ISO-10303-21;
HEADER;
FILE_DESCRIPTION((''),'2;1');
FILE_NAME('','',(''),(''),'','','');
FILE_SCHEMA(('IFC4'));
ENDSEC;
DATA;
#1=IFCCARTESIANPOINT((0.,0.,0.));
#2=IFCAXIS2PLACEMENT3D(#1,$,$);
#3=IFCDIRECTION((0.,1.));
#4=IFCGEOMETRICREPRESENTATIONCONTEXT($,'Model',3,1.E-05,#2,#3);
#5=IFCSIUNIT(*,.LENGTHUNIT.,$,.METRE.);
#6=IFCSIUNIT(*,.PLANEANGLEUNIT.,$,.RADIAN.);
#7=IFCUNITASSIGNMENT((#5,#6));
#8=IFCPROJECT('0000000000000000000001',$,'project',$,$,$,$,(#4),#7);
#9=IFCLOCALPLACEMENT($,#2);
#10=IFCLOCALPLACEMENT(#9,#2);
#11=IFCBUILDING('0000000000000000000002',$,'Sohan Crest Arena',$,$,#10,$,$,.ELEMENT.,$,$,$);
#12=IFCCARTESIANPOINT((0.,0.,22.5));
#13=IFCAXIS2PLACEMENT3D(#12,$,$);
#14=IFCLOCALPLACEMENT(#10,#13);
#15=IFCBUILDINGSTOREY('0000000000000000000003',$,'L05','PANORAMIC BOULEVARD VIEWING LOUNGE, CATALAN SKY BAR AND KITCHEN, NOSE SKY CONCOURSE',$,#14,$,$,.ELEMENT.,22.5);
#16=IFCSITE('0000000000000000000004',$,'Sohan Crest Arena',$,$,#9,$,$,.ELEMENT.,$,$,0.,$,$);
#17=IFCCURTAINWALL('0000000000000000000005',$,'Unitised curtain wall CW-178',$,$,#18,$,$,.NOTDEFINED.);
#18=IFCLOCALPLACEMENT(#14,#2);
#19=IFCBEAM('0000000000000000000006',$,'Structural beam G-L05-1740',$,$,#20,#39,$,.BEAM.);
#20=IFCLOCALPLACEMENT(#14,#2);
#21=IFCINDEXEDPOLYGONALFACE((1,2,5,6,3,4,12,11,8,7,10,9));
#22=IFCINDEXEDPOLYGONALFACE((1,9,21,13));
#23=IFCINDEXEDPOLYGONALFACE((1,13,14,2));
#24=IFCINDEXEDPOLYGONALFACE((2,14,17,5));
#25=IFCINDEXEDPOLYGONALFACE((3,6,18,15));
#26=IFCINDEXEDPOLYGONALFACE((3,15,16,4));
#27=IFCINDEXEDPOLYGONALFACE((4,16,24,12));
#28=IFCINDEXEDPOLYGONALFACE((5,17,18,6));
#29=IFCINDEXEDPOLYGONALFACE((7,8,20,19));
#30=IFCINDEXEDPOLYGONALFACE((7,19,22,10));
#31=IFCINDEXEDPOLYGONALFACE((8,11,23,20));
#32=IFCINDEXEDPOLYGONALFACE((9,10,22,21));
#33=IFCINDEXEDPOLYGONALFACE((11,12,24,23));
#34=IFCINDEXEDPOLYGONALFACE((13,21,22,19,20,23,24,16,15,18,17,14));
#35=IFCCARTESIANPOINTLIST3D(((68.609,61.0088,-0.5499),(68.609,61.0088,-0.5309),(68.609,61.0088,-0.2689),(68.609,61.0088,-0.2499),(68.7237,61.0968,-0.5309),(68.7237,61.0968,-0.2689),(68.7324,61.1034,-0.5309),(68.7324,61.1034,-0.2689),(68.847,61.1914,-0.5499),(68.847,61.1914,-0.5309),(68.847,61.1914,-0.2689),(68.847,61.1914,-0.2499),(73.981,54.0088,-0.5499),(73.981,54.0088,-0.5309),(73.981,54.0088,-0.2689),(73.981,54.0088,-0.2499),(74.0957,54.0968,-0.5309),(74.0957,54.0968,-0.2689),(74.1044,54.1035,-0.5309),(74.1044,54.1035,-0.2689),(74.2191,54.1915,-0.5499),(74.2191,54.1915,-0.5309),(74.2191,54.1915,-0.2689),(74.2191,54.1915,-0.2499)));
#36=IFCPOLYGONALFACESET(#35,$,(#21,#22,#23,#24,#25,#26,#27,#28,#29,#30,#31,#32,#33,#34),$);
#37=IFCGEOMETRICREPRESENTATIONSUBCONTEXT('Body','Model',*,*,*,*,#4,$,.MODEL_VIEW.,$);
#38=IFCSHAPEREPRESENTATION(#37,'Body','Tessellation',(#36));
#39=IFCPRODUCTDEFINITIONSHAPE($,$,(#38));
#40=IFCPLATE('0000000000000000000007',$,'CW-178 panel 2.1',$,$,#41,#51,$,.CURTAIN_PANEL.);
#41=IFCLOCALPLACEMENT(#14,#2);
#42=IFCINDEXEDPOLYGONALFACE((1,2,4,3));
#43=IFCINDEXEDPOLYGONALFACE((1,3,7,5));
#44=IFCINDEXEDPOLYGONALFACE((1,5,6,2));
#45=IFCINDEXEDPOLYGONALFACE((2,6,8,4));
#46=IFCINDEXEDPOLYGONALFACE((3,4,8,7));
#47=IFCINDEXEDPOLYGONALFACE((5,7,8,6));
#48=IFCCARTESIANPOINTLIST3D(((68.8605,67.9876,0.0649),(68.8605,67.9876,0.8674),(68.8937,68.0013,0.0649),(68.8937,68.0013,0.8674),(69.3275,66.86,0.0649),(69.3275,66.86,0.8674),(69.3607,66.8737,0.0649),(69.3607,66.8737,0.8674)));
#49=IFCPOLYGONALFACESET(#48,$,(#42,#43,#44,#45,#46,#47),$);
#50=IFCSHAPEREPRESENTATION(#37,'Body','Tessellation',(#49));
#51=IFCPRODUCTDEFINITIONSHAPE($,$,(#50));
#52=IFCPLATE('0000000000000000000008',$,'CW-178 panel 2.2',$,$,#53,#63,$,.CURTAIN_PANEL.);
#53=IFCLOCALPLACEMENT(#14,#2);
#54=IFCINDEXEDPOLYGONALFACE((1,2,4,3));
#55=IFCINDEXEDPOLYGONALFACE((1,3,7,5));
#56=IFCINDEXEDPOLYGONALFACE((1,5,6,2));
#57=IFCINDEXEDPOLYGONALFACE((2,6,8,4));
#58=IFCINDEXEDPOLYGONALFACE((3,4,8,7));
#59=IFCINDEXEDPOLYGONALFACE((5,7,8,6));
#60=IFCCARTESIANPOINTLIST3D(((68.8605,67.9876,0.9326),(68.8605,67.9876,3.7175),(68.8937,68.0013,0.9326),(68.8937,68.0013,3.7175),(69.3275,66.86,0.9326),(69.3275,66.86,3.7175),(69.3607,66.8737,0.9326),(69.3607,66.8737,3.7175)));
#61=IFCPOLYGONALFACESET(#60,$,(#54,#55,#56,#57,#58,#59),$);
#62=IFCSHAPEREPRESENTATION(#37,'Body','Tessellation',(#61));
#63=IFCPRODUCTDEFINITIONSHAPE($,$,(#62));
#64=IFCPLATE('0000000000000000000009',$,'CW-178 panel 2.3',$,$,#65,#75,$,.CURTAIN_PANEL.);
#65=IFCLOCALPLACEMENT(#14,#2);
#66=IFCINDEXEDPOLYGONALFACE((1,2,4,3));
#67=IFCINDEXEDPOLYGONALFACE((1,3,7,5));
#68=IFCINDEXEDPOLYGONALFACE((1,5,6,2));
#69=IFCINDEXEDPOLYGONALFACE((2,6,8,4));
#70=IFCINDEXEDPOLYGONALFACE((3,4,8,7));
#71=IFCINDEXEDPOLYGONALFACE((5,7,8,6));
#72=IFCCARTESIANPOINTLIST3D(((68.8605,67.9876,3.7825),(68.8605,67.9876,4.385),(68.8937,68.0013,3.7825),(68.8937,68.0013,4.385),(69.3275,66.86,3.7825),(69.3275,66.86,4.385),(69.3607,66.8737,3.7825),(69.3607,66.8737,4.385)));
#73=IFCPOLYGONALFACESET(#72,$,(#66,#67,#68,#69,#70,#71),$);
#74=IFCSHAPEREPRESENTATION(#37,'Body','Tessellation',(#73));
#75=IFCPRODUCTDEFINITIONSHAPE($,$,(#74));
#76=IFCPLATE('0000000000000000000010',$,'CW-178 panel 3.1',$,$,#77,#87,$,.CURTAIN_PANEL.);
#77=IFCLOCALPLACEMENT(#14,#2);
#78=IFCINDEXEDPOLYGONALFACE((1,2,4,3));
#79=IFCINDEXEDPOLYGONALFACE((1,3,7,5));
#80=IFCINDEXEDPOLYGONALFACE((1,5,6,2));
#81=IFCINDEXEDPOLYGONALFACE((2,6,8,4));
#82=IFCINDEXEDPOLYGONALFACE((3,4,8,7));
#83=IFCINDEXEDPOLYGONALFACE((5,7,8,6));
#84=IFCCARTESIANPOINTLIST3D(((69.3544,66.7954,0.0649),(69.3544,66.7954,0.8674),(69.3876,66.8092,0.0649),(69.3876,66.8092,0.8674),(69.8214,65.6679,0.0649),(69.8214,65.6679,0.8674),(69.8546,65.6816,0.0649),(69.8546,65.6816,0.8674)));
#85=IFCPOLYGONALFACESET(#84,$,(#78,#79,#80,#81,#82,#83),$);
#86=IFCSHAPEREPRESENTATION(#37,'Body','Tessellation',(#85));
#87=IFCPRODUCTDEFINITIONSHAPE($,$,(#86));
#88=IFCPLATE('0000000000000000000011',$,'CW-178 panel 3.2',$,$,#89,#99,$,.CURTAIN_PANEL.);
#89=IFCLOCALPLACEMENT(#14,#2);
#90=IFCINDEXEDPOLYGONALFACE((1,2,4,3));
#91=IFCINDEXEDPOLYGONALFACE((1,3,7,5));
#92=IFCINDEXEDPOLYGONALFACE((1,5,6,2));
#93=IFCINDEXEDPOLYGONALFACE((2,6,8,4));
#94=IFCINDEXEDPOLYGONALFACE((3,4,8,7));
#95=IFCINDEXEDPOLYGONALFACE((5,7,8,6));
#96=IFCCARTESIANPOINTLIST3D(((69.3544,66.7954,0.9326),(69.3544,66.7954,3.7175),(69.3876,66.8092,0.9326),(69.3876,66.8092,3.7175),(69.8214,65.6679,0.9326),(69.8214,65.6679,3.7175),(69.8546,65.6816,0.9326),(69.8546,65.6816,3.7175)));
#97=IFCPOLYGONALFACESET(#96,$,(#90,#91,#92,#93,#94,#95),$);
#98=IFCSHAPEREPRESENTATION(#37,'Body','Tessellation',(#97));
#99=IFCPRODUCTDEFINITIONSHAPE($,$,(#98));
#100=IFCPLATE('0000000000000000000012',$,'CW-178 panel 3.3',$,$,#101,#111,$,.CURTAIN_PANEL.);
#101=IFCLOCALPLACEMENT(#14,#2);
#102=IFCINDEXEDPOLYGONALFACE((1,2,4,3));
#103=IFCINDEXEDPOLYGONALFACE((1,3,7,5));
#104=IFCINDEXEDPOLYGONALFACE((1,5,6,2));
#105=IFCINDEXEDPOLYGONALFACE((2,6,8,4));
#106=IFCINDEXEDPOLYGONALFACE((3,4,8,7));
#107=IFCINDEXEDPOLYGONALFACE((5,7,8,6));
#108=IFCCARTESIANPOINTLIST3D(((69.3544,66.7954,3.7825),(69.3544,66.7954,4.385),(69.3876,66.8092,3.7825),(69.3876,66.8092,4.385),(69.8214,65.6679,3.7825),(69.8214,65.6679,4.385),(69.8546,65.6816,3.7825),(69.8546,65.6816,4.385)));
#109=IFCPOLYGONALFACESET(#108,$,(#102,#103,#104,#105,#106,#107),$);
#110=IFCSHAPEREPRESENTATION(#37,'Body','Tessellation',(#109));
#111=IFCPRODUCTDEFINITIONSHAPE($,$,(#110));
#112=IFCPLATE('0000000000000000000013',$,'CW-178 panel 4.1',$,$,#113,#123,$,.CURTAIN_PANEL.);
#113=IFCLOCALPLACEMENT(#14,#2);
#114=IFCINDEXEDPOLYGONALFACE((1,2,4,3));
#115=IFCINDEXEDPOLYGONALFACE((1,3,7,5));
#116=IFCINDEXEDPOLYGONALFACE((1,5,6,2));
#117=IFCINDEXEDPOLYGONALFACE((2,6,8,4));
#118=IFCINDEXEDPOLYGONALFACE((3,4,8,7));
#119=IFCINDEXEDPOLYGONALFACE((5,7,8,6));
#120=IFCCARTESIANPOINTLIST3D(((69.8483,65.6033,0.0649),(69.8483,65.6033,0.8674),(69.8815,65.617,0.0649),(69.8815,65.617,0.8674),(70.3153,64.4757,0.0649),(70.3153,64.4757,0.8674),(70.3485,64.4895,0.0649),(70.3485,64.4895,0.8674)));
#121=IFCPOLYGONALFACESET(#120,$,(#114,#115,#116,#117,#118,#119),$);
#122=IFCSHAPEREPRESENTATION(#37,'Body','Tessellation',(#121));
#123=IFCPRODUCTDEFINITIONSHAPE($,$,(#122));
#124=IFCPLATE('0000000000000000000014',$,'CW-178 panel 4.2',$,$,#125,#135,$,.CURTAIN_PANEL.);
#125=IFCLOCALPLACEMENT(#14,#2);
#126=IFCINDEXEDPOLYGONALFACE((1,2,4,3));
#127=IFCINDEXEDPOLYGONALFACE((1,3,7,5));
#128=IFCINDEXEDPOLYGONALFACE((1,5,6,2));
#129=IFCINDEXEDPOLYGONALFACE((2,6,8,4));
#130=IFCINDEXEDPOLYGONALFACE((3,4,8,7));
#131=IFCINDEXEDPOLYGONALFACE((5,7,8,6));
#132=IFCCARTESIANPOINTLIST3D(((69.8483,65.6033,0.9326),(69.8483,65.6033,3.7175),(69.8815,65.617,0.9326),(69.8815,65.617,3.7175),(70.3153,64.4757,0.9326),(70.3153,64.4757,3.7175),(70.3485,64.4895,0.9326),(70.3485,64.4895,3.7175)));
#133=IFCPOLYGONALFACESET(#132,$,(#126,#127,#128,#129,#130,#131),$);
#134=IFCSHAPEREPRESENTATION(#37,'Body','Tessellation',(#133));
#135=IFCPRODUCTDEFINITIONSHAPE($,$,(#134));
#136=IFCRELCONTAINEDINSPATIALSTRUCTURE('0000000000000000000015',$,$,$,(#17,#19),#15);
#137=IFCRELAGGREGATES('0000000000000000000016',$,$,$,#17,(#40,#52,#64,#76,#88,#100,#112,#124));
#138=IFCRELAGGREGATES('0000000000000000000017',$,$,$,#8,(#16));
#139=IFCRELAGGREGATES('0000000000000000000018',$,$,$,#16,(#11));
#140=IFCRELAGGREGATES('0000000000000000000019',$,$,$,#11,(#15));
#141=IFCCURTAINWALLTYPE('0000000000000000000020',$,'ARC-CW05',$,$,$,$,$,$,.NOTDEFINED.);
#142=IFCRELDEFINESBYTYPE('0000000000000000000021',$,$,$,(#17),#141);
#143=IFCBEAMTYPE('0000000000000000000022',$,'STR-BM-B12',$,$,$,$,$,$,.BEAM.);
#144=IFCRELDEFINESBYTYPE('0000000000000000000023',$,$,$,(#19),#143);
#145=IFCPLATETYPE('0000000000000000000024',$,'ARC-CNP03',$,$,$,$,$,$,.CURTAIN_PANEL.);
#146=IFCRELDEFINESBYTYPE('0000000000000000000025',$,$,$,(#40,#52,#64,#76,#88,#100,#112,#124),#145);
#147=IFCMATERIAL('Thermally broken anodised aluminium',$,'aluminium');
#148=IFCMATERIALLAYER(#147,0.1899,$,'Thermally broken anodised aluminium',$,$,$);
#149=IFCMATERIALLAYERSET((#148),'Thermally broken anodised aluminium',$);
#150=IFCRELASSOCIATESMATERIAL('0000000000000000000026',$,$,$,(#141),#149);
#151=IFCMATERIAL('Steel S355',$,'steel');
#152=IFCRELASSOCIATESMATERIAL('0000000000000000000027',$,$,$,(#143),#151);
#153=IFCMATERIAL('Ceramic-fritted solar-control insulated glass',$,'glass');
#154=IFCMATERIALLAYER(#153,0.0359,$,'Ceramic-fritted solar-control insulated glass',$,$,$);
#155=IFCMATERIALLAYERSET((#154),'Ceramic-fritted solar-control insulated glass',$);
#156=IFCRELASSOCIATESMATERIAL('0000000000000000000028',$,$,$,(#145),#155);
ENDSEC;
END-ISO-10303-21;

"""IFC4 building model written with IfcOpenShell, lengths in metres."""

from ifc_helpers import new_model, si_unit, direction, frame, origin, origin_2d, place, context, subcontext, project, spatial, rectangle, i_section, extrude, material, layer, layer_set, material_profile, profile_set, type_object, element, aggregate, save


model = new_model("IFC4")

# Units and contexts
model_context = context("Model", 3, precision=1e-05, world=origin(), true_north=direction((0.0, 1.0)))
body_context = subcontext(model_context, "Body", "Model", "MODEL_VIEW")
ifc_project = project(units=[si_unit("LENGTHUNIT", "METRE"), si_unit("PLANEANGLEUNIT", "RADIAN")], contexts=[model_context])

# Site, building, storey
site_placement = place(None, origin())
site = spatial("IfcSite", under=ifc_project, at=site_placement, Name="Sohan Crest Arena", CompositionType="ELEMENT", RefElevation=0.0)
building_placement = place(site_placement, origin())
building = spatial("IfcBuilding", under=site, at=building_placement, Name="Sohan Crest Arena", CompositionType="ELEMENT")
storey_placement = place(building_placement, frame((0.0, 0.0, 22.5)))
storey = spatial("IfcBuildingStorey", under=building, at=storey_placement, Name="L05", Description="PANORAMIC BOULEVARD VIEWING LOUNGE, CATALAN SKY BAR AND KITCHEN, NOSE SKY CONCOURSE", CompositionType="ELEMENT", Elevation=22.5)

# Curtain wall
ifc_material_1 = material(Name="Thermally broken anodised aluminium", Category="aluminium")
ifc_layer_1 = layer(ifc_material_1, 0.1899, Name="Thermally broken anodised aluminium")
ifc_layer_set_1 = layer_set([ifc_layer_1], Name="Thermally broken anodised aluminium")
curtain_wall_type = type_object("IfcCurtainWallType", Name="ARC-CW05", PredefinedType="NOTDEFINED", material=ifc_layer_set_1)
curtain_wall_placement = place(storey_placement, origin())
curtain_wall = element("IfcCurtainWall", 1, at=curtain_wall_placement, inside=storey, type_object=curtain_wall_type, Name="Unitised curtain wall CW-178", PredefinedType="NOTDEFINED")

# Beam
ifc_material_2 = material(Name="Steel S355", Category="steel")
ifc_material_profile_1 = material_profile(ifc_material_2, i_section(OverallWidth=0.3, OverallDepth=0.3, WebThickness=0.011, FlangeThickness=0.019, at=origin_2d()), Name="HEB 300")
ifc_profile_set_1 = profile_set([ifc_material_profile_1], Name="Steel S355")
beam_type_1 = type_object("IfcBeamType", Name="STR-BM-B12", PredefinedType="BEAM", material=ifc_profile_set_1)
beam_1_placement = place(storey_placement, frame((68.728, 61.1001, -0.3999), z_axis=(0.608817, -0.793311, 0.0), x_axis=(0.793311, 0.608817, 0.0)))
element("IfcBeam", 2, at=beam_1_placement, inside=storey, type_object=beam_type_1, Name="Structural beam G-L05-1740", PredefinedType="BEAM", context=body_context, shape_type="SweptSolid", body=[
    extrude(i_section(OverallWidth=0.3, OverallDepth=0.3, WebThickness=0.011, FlangeThickness=0.019, at=origin_2d()), origin(), (0.0, 0.0, 1.0), 8.8237),
])

# Plates
ifc_material_3 = material(Name="Ceramic-fritted solar-control insulated glass", Category="glass")
ifc_layer_2 = layer(ifc_material_3, 0.0359, Name="Ceramic-fritted solar-control insulated glass")
ifc_layer_set_2 = layer_set([ifc_layer_2], Name="Ceramic-fritted solar-control insulated glass")
plate_type = type_object("IfcPlateType", Name="ARC-CNP03", PredefinedType="CURTAIN_PANEL", material=ifc_layer_set_2)
plate_1_placement = place(storey_placement, frame((69.1106, 67.4307, 0.0649), z_axis=(0.0, 0.0, 1.0), x_axis=(0.382667, -0.923886, 0.0)))
plate_1 = element("IfcPlate", 3, at=plate_1_placement, type_object=plate_type, Name="CW-178 panel 2.1", PredefinedType="CURTAIN_PANEL", context=body_context, shape_type="SweptSolid", body=[
    extrude(rectangle(XDim=1.2205, YDim=0.0359, at=origin_2d()), origin(), (0.0, 0.0, 1.0), 0.8025),
])
plate_2_placement = place(storey_placement, frame((69.1106, 67.4307, 0.9326), z_axis=(0.0, 0.0, 1.0), x_axis=(0.382667, -0.923886, 0.0)))
plate_2 = element("IfcPlate", 4, at=plate_2_placement, type_object=plate_type, Name="CW-178 panel 2.2", PredefinedType="CURTAIN_PANEL", context=body_context, shape_type="SweptSolid", body=[
    extrude(rectangle(XDim=1.2205, YDim=0.0359, at=origin_2d()), origin(), (0.0, 0.0, 1.0), 2.7849),
])
plate_3_placement = place(storey_placement, frame((69.1106, 67.4307, 3.7825), z_axis=(0.0, 0.0, 1.0), x_axis=(0.382667, -0.923886, 0.0)))
plate_3 = element("IfcPlate", 5, at=plate_3_placement, type_object=plate_type, Name="CW-178 panel 2.3", PredefinedType="CURTAIN_PANEL", context=body_context, shape_type="SweptSolid", body=[
    extrude(rectangle(XDim=1.2205, YDim=0.0359, at=origin_2d()), origin(), (0.0, 0.0, 1.0), 0.6025),
])
plate_4_placement = place(storey_placement, frame((69.6045, 66.2385, 0.0649), z_axis=(0.0, 0.0, 1.0), x_axis=(0.382667, -0.923886, 0.0)))
plate_4 = element("IfcPlate", 6, at=plate_4_placement, type_object=plate_type, Name="CW-178 panel 3.1", PredefinedType="CURTAIN_PANEL", context=body_context, shape_type="SweptSolid", body=[
    extrude(rectangle(XDim=1.2205, YDim=0.0359, at=origin_2d()), origin(), (0.0, 0.0, 1.0), 0.8025),
])
plate_5_placement = place(storey_placement, frame((69.6045, 66.2385, 0.9326), z_axis=(0.0, 0.0, 1.0), x_axis=(0.382667, -0.923886, 0.0)))
plate_5 = element("IfcPlate", 7, at=plate_5_placement, type_object=plate_type, Name="CW-178 panel 3.2", PredefinedType="CURTAIN_PANEL", context=body_context, shape_type="SweptSolid", body=[
    extrude(rectangle(XDim=1.2205, YDim=0.0359, at=origin_2d()), origin(), (0.0, 0.0, 1.0), 2.7849),
])
plate_6_placement = place(storey_placement, frame((69.6045, 66.2385, 3.7825), z_axis=(0.0, 0.0, 1.0), x_axis=(0.382667, -0.923886, 0.0)))
plate_6 = element("IfcPlate", 8, at=plate_6_placement, type_object=plate_type, Name="CW-178 panel 3.3", PredefinedType="CURTAIN_PANEL", context=body_context, shape_type="SweptSolid", body=[
    extrude(rectangle(XDim=1.2205, YDim=0.0359, at=origin_2d()), origin(), (0.0, 0.0, 1.0), 0.6025),
])
plate_7_placement = place(storey_placement, frame((70.0984, 65.0464, 0.0649), z_axis=(0.0, 0.0, 1.0), x_axis=(0.382667, -0.923886, 0.0)))
plate_7 = element("IfcPlate", 9, at=plate_7_placement, type_object=plate_type, Name="CW-178 panel 4.1", PredefinedType="CURTAIN_PANEL", context=body_context, shape_type="SweptSolid", body=[
    extrude(rectangle(XDim=1.2205, YDim=0.0359, at=origin_2d()), origin(), (0.0, 0.0, 1.0), 0.8025),
])
plate_8_placement = place(storey_placement, frame((70.0984, 65.0464, 0.9326), z_axis=(0.0, 0.0, 1.0), x_axis=(0.382667, -0.923886, 0.0)))
plate_8 = element("IfcPlate", 10, at=plate_8_placement, type_object=plate_type, Name="CW-178 panel 4.2", PredefinedType="CURTAIN_PANEL", context=body_context, shape_type="SweptSolid", body=[
    extrude(rectangle(XDim=1.2205, YDim=0.0359, at=origin_2d()), origin(), (0.0, 0.0, 1.0), 2.7849),
])
aggregate(curtain_wall, [plate_1, plate_2, plate_3, plate_4, plate_5, plate_6, plate_7, plate_8])

save(model, "model.ifc")
